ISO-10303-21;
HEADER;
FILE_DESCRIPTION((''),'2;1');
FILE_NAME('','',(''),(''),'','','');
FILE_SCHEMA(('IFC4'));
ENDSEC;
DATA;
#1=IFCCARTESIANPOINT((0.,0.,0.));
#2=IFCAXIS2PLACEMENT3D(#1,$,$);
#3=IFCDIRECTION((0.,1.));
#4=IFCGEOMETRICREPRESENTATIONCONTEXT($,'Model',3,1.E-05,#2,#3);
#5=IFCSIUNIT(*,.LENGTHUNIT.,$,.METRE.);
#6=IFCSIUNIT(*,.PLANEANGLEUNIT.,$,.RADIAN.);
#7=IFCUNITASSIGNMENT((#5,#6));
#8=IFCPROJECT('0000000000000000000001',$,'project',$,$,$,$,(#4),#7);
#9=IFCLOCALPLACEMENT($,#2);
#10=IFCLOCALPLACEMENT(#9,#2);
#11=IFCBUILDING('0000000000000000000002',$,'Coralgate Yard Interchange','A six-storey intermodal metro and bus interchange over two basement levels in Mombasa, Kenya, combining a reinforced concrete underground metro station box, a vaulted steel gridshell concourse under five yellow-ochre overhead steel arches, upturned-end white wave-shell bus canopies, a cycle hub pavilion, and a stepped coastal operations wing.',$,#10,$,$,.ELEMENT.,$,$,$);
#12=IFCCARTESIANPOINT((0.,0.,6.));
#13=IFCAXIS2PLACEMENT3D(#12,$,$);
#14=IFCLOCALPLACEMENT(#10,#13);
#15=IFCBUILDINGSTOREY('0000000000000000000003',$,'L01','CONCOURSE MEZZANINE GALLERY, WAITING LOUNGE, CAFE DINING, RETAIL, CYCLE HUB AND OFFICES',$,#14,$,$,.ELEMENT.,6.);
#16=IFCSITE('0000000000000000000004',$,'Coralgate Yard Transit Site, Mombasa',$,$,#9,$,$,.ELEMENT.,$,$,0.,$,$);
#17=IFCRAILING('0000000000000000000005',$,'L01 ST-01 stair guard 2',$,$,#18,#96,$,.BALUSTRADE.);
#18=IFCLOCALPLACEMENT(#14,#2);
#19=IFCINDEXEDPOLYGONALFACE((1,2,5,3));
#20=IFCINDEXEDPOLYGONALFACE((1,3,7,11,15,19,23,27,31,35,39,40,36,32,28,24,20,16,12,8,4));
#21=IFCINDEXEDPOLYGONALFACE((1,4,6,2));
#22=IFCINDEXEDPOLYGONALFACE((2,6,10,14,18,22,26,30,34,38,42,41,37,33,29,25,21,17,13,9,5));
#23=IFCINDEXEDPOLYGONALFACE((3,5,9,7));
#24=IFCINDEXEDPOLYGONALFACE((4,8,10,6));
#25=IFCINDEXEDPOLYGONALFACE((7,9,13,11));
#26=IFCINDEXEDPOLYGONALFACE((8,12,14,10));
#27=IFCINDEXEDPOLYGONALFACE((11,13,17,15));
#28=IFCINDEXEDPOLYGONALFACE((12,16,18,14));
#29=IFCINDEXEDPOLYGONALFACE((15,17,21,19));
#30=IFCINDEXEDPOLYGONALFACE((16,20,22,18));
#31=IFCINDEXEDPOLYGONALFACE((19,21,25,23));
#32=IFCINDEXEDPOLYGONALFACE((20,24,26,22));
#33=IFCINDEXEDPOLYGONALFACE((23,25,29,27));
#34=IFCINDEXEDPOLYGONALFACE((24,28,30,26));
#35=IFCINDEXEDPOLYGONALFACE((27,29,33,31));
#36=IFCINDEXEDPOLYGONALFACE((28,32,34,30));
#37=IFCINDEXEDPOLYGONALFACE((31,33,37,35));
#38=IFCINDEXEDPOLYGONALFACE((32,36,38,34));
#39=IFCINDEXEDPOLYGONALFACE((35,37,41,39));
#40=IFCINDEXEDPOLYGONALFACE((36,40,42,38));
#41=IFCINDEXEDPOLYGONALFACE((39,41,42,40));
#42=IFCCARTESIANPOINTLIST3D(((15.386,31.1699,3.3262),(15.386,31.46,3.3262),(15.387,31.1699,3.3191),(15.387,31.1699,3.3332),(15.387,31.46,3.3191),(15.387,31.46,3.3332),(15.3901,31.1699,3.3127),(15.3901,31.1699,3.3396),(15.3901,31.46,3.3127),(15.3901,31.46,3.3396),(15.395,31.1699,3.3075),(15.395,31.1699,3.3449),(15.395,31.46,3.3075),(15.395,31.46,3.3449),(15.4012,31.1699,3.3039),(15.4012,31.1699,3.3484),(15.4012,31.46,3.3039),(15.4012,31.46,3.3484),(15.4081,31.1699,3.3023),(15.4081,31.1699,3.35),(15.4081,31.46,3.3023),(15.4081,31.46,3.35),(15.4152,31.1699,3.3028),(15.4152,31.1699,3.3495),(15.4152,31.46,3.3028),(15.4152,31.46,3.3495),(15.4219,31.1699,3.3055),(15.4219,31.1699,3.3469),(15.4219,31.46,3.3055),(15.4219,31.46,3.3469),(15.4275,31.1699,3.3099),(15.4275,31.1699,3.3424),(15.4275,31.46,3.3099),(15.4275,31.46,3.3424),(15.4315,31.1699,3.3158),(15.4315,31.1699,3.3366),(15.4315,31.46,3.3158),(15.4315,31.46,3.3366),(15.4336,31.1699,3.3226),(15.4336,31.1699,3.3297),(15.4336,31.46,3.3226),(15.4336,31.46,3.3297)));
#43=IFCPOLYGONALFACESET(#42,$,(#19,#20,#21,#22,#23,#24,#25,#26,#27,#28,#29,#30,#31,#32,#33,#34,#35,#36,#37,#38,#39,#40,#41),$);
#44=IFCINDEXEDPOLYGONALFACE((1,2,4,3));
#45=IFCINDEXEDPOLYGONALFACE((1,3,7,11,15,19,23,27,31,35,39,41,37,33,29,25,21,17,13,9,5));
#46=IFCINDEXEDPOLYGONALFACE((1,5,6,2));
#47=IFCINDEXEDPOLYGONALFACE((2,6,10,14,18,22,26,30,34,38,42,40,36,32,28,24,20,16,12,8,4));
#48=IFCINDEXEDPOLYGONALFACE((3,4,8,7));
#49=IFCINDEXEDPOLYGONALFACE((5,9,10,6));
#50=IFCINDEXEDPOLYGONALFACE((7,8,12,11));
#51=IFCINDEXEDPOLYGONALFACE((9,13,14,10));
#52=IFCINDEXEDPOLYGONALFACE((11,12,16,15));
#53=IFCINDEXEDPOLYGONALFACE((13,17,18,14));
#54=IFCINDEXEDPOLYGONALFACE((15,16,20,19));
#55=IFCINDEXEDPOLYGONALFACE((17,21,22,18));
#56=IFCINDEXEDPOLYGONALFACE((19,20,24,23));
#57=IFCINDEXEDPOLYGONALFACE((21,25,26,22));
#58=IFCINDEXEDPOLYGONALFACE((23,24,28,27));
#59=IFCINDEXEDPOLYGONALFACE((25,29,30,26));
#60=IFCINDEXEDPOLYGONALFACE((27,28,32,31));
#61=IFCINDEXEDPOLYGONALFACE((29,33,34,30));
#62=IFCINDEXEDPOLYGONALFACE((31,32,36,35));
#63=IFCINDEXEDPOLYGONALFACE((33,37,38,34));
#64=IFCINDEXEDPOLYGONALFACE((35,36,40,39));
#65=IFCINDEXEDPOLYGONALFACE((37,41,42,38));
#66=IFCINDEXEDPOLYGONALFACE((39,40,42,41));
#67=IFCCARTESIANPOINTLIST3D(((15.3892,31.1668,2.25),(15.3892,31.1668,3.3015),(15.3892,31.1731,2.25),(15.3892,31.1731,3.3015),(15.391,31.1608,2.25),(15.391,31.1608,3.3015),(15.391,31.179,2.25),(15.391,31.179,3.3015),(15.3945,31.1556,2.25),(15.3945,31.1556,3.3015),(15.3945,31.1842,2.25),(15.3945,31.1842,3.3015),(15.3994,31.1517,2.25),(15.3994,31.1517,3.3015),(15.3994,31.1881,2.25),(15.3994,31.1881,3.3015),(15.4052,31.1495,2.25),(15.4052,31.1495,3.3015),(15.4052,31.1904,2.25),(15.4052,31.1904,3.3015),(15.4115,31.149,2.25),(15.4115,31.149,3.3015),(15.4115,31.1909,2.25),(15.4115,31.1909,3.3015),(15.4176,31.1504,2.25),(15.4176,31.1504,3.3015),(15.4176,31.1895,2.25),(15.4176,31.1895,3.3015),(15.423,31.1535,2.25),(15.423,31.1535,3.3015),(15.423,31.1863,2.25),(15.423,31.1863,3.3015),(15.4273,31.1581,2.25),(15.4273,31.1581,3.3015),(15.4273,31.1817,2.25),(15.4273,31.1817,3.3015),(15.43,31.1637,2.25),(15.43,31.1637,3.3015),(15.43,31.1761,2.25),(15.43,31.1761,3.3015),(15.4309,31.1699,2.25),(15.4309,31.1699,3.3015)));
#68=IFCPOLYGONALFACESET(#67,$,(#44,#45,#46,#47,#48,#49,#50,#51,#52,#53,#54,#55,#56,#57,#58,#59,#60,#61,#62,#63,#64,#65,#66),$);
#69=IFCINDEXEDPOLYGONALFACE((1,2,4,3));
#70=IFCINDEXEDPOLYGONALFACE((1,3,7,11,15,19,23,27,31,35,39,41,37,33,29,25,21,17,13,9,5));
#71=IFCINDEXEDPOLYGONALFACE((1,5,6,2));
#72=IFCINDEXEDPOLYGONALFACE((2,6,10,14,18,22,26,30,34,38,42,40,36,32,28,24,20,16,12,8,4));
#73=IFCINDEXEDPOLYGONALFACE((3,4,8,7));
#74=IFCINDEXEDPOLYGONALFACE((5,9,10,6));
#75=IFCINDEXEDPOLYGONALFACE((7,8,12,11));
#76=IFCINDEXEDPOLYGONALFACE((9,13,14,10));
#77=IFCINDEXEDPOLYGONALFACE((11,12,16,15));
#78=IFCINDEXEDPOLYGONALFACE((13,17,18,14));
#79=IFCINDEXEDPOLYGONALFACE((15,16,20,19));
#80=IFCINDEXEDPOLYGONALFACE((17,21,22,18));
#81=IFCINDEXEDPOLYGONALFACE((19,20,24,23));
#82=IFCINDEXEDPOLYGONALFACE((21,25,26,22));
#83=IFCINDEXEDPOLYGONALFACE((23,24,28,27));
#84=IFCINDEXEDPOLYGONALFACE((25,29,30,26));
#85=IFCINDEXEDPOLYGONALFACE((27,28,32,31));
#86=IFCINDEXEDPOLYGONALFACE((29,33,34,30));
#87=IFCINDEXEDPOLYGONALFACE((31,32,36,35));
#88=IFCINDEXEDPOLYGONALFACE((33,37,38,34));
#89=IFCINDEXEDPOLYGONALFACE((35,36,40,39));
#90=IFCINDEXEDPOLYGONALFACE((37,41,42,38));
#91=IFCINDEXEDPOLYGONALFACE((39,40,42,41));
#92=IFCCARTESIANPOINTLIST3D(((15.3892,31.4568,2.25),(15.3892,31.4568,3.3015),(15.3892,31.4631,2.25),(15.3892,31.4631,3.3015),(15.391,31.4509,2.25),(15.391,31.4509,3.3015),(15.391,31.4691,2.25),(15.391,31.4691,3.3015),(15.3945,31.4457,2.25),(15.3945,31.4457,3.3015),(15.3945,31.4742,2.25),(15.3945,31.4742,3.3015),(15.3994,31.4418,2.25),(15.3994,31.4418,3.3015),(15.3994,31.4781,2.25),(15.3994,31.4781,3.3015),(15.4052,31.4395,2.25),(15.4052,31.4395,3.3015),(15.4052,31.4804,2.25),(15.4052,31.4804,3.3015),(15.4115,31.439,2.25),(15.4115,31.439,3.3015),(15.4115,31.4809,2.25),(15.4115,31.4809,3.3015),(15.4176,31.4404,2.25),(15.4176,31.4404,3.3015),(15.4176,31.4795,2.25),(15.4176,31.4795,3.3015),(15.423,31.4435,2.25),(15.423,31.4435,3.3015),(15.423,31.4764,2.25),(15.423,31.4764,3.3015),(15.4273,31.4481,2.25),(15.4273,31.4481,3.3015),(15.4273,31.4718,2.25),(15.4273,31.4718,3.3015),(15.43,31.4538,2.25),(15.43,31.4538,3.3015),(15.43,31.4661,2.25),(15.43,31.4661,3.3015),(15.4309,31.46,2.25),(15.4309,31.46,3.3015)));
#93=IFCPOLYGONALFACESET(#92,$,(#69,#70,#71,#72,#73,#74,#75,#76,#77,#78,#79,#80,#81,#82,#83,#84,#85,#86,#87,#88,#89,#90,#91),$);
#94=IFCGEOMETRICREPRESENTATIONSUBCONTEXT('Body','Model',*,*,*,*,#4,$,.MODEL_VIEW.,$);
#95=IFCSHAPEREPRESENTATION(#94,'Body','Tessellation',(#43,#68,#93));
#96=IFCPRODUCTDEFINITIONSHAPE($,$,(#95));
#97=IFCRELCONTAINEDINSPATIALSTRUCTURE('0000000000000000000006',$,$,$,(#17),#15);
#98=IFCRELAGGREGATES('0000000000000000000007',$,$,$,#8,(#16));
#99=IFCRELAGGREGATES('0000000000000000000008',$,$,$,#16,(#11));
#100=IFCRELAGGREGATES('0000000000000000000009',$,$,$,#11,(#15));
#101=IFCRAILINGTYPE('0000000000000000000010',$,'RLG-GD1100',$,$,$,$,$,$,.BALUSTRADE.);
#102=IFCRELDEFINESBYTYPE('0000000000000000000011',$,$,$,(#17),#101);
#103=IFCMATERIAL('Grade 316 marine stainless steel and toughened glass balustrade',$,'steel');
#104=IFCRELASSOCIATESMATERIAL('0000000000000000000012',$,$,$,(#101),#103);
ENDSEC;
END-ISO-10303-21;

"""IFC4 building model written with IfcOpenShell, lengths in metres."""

from ifc_helpers import new_model, si_unit, direction, frame, origin, origin_2d, place, context, subcontext, project, spatial, circle, extrude, material, type_object, element, save


model = new_model("IFC4")

# Units and contexts
model_context = context("Model", 3, precision=1e-05, world=origin(), true_north=direction((0.0, 1.0)))
body_context = subcontext(model_context, "Body", "Model", "MODEL_VIEW")
ifc_project = project(units=[si_unit("LENGTHUNIT", "METRE"), si_unit("PLANEANGLEUNIT", "RADIAN")], contexts=[model_context])

# Site, building, storey
site_placement = place(None, origin())
site = spatial("IfcSite", under=ifc_project, at=site_placement, Name="Coralgate Yard Transit Site, Mombasa", CompositionType="ELEMENT", RefElevation=0.0)
building_placement = place(site_placement, origin())
building = spatial("IfcBuilding", under=site, at=building_placement, Name="Coralgate Yard Interchange", Description="A six-storey intermodal metro and bus interchange over two basement levels in Mombasa, Kenya, combining a reinforced concrete underground metro station box, a vaulted steel gridshell concourse under five yellow-ochre overhead steel arches, upturned-end white wave-shell bus canopies, a cycle hub pavilion, and a stepped coastal operations wing.", CompositionType="ELEMENT")
storey_placement = place(building_placement, frame((0.0, 0.0, 6.0)))
storey = spatial("IfcBuildingStorey", under=building, at=storey_placement, Name="L01", Description="CONCOURSE MEZZANINE GALLERY, WAITING LOUNGE, CAFE DINING, RETAIL, CYCLE HUB AND OFFICES", CompositionType="ELEMENT", Elevation=6.0)

# Railing
ifc_material_1 = material(Name="Grade 316 marine stainless steel and toughened glass balustrade", Category="steel")
railing_type = type_object("IfcRailingType", Name="RLG-GD1100", PredefinedType="BALUSTRADE", material=ifc_material_1)
railing_1_placement = place(storey_placement, frame((15.4099, 31.1699, 2.25)))
element("IfcRailing", 1, at=railing_1_placement, inside=storey, type_object=railing_type, Name="L01 ST-01 stair guard 2", PredefinedType="BALUSTRADE", context=body_context, shape_type="SweptSolid", body=[
    extrude(circle(Radius=0.0239, at=origin_2d()), frame((0.0, 0.0, 1.0762), z_axis=(0.0, 1.0, 0.0), x_axis=(-1.0, 0.0, 0.0)), (0.0, 0.0, 1.0), 0.29),
    extrude(circle(Radius=0.021, at=origin_2d()), origin(), (0.0, 0.0, 1.0), 1.0515),
    extrude(circle(Radius=0.021, at=origin_2d()), frame((0.0, 0.29, 0.0)), (0.0, 0.0, 1.0), 1.0515),
])

save(model, "model.ifc")
